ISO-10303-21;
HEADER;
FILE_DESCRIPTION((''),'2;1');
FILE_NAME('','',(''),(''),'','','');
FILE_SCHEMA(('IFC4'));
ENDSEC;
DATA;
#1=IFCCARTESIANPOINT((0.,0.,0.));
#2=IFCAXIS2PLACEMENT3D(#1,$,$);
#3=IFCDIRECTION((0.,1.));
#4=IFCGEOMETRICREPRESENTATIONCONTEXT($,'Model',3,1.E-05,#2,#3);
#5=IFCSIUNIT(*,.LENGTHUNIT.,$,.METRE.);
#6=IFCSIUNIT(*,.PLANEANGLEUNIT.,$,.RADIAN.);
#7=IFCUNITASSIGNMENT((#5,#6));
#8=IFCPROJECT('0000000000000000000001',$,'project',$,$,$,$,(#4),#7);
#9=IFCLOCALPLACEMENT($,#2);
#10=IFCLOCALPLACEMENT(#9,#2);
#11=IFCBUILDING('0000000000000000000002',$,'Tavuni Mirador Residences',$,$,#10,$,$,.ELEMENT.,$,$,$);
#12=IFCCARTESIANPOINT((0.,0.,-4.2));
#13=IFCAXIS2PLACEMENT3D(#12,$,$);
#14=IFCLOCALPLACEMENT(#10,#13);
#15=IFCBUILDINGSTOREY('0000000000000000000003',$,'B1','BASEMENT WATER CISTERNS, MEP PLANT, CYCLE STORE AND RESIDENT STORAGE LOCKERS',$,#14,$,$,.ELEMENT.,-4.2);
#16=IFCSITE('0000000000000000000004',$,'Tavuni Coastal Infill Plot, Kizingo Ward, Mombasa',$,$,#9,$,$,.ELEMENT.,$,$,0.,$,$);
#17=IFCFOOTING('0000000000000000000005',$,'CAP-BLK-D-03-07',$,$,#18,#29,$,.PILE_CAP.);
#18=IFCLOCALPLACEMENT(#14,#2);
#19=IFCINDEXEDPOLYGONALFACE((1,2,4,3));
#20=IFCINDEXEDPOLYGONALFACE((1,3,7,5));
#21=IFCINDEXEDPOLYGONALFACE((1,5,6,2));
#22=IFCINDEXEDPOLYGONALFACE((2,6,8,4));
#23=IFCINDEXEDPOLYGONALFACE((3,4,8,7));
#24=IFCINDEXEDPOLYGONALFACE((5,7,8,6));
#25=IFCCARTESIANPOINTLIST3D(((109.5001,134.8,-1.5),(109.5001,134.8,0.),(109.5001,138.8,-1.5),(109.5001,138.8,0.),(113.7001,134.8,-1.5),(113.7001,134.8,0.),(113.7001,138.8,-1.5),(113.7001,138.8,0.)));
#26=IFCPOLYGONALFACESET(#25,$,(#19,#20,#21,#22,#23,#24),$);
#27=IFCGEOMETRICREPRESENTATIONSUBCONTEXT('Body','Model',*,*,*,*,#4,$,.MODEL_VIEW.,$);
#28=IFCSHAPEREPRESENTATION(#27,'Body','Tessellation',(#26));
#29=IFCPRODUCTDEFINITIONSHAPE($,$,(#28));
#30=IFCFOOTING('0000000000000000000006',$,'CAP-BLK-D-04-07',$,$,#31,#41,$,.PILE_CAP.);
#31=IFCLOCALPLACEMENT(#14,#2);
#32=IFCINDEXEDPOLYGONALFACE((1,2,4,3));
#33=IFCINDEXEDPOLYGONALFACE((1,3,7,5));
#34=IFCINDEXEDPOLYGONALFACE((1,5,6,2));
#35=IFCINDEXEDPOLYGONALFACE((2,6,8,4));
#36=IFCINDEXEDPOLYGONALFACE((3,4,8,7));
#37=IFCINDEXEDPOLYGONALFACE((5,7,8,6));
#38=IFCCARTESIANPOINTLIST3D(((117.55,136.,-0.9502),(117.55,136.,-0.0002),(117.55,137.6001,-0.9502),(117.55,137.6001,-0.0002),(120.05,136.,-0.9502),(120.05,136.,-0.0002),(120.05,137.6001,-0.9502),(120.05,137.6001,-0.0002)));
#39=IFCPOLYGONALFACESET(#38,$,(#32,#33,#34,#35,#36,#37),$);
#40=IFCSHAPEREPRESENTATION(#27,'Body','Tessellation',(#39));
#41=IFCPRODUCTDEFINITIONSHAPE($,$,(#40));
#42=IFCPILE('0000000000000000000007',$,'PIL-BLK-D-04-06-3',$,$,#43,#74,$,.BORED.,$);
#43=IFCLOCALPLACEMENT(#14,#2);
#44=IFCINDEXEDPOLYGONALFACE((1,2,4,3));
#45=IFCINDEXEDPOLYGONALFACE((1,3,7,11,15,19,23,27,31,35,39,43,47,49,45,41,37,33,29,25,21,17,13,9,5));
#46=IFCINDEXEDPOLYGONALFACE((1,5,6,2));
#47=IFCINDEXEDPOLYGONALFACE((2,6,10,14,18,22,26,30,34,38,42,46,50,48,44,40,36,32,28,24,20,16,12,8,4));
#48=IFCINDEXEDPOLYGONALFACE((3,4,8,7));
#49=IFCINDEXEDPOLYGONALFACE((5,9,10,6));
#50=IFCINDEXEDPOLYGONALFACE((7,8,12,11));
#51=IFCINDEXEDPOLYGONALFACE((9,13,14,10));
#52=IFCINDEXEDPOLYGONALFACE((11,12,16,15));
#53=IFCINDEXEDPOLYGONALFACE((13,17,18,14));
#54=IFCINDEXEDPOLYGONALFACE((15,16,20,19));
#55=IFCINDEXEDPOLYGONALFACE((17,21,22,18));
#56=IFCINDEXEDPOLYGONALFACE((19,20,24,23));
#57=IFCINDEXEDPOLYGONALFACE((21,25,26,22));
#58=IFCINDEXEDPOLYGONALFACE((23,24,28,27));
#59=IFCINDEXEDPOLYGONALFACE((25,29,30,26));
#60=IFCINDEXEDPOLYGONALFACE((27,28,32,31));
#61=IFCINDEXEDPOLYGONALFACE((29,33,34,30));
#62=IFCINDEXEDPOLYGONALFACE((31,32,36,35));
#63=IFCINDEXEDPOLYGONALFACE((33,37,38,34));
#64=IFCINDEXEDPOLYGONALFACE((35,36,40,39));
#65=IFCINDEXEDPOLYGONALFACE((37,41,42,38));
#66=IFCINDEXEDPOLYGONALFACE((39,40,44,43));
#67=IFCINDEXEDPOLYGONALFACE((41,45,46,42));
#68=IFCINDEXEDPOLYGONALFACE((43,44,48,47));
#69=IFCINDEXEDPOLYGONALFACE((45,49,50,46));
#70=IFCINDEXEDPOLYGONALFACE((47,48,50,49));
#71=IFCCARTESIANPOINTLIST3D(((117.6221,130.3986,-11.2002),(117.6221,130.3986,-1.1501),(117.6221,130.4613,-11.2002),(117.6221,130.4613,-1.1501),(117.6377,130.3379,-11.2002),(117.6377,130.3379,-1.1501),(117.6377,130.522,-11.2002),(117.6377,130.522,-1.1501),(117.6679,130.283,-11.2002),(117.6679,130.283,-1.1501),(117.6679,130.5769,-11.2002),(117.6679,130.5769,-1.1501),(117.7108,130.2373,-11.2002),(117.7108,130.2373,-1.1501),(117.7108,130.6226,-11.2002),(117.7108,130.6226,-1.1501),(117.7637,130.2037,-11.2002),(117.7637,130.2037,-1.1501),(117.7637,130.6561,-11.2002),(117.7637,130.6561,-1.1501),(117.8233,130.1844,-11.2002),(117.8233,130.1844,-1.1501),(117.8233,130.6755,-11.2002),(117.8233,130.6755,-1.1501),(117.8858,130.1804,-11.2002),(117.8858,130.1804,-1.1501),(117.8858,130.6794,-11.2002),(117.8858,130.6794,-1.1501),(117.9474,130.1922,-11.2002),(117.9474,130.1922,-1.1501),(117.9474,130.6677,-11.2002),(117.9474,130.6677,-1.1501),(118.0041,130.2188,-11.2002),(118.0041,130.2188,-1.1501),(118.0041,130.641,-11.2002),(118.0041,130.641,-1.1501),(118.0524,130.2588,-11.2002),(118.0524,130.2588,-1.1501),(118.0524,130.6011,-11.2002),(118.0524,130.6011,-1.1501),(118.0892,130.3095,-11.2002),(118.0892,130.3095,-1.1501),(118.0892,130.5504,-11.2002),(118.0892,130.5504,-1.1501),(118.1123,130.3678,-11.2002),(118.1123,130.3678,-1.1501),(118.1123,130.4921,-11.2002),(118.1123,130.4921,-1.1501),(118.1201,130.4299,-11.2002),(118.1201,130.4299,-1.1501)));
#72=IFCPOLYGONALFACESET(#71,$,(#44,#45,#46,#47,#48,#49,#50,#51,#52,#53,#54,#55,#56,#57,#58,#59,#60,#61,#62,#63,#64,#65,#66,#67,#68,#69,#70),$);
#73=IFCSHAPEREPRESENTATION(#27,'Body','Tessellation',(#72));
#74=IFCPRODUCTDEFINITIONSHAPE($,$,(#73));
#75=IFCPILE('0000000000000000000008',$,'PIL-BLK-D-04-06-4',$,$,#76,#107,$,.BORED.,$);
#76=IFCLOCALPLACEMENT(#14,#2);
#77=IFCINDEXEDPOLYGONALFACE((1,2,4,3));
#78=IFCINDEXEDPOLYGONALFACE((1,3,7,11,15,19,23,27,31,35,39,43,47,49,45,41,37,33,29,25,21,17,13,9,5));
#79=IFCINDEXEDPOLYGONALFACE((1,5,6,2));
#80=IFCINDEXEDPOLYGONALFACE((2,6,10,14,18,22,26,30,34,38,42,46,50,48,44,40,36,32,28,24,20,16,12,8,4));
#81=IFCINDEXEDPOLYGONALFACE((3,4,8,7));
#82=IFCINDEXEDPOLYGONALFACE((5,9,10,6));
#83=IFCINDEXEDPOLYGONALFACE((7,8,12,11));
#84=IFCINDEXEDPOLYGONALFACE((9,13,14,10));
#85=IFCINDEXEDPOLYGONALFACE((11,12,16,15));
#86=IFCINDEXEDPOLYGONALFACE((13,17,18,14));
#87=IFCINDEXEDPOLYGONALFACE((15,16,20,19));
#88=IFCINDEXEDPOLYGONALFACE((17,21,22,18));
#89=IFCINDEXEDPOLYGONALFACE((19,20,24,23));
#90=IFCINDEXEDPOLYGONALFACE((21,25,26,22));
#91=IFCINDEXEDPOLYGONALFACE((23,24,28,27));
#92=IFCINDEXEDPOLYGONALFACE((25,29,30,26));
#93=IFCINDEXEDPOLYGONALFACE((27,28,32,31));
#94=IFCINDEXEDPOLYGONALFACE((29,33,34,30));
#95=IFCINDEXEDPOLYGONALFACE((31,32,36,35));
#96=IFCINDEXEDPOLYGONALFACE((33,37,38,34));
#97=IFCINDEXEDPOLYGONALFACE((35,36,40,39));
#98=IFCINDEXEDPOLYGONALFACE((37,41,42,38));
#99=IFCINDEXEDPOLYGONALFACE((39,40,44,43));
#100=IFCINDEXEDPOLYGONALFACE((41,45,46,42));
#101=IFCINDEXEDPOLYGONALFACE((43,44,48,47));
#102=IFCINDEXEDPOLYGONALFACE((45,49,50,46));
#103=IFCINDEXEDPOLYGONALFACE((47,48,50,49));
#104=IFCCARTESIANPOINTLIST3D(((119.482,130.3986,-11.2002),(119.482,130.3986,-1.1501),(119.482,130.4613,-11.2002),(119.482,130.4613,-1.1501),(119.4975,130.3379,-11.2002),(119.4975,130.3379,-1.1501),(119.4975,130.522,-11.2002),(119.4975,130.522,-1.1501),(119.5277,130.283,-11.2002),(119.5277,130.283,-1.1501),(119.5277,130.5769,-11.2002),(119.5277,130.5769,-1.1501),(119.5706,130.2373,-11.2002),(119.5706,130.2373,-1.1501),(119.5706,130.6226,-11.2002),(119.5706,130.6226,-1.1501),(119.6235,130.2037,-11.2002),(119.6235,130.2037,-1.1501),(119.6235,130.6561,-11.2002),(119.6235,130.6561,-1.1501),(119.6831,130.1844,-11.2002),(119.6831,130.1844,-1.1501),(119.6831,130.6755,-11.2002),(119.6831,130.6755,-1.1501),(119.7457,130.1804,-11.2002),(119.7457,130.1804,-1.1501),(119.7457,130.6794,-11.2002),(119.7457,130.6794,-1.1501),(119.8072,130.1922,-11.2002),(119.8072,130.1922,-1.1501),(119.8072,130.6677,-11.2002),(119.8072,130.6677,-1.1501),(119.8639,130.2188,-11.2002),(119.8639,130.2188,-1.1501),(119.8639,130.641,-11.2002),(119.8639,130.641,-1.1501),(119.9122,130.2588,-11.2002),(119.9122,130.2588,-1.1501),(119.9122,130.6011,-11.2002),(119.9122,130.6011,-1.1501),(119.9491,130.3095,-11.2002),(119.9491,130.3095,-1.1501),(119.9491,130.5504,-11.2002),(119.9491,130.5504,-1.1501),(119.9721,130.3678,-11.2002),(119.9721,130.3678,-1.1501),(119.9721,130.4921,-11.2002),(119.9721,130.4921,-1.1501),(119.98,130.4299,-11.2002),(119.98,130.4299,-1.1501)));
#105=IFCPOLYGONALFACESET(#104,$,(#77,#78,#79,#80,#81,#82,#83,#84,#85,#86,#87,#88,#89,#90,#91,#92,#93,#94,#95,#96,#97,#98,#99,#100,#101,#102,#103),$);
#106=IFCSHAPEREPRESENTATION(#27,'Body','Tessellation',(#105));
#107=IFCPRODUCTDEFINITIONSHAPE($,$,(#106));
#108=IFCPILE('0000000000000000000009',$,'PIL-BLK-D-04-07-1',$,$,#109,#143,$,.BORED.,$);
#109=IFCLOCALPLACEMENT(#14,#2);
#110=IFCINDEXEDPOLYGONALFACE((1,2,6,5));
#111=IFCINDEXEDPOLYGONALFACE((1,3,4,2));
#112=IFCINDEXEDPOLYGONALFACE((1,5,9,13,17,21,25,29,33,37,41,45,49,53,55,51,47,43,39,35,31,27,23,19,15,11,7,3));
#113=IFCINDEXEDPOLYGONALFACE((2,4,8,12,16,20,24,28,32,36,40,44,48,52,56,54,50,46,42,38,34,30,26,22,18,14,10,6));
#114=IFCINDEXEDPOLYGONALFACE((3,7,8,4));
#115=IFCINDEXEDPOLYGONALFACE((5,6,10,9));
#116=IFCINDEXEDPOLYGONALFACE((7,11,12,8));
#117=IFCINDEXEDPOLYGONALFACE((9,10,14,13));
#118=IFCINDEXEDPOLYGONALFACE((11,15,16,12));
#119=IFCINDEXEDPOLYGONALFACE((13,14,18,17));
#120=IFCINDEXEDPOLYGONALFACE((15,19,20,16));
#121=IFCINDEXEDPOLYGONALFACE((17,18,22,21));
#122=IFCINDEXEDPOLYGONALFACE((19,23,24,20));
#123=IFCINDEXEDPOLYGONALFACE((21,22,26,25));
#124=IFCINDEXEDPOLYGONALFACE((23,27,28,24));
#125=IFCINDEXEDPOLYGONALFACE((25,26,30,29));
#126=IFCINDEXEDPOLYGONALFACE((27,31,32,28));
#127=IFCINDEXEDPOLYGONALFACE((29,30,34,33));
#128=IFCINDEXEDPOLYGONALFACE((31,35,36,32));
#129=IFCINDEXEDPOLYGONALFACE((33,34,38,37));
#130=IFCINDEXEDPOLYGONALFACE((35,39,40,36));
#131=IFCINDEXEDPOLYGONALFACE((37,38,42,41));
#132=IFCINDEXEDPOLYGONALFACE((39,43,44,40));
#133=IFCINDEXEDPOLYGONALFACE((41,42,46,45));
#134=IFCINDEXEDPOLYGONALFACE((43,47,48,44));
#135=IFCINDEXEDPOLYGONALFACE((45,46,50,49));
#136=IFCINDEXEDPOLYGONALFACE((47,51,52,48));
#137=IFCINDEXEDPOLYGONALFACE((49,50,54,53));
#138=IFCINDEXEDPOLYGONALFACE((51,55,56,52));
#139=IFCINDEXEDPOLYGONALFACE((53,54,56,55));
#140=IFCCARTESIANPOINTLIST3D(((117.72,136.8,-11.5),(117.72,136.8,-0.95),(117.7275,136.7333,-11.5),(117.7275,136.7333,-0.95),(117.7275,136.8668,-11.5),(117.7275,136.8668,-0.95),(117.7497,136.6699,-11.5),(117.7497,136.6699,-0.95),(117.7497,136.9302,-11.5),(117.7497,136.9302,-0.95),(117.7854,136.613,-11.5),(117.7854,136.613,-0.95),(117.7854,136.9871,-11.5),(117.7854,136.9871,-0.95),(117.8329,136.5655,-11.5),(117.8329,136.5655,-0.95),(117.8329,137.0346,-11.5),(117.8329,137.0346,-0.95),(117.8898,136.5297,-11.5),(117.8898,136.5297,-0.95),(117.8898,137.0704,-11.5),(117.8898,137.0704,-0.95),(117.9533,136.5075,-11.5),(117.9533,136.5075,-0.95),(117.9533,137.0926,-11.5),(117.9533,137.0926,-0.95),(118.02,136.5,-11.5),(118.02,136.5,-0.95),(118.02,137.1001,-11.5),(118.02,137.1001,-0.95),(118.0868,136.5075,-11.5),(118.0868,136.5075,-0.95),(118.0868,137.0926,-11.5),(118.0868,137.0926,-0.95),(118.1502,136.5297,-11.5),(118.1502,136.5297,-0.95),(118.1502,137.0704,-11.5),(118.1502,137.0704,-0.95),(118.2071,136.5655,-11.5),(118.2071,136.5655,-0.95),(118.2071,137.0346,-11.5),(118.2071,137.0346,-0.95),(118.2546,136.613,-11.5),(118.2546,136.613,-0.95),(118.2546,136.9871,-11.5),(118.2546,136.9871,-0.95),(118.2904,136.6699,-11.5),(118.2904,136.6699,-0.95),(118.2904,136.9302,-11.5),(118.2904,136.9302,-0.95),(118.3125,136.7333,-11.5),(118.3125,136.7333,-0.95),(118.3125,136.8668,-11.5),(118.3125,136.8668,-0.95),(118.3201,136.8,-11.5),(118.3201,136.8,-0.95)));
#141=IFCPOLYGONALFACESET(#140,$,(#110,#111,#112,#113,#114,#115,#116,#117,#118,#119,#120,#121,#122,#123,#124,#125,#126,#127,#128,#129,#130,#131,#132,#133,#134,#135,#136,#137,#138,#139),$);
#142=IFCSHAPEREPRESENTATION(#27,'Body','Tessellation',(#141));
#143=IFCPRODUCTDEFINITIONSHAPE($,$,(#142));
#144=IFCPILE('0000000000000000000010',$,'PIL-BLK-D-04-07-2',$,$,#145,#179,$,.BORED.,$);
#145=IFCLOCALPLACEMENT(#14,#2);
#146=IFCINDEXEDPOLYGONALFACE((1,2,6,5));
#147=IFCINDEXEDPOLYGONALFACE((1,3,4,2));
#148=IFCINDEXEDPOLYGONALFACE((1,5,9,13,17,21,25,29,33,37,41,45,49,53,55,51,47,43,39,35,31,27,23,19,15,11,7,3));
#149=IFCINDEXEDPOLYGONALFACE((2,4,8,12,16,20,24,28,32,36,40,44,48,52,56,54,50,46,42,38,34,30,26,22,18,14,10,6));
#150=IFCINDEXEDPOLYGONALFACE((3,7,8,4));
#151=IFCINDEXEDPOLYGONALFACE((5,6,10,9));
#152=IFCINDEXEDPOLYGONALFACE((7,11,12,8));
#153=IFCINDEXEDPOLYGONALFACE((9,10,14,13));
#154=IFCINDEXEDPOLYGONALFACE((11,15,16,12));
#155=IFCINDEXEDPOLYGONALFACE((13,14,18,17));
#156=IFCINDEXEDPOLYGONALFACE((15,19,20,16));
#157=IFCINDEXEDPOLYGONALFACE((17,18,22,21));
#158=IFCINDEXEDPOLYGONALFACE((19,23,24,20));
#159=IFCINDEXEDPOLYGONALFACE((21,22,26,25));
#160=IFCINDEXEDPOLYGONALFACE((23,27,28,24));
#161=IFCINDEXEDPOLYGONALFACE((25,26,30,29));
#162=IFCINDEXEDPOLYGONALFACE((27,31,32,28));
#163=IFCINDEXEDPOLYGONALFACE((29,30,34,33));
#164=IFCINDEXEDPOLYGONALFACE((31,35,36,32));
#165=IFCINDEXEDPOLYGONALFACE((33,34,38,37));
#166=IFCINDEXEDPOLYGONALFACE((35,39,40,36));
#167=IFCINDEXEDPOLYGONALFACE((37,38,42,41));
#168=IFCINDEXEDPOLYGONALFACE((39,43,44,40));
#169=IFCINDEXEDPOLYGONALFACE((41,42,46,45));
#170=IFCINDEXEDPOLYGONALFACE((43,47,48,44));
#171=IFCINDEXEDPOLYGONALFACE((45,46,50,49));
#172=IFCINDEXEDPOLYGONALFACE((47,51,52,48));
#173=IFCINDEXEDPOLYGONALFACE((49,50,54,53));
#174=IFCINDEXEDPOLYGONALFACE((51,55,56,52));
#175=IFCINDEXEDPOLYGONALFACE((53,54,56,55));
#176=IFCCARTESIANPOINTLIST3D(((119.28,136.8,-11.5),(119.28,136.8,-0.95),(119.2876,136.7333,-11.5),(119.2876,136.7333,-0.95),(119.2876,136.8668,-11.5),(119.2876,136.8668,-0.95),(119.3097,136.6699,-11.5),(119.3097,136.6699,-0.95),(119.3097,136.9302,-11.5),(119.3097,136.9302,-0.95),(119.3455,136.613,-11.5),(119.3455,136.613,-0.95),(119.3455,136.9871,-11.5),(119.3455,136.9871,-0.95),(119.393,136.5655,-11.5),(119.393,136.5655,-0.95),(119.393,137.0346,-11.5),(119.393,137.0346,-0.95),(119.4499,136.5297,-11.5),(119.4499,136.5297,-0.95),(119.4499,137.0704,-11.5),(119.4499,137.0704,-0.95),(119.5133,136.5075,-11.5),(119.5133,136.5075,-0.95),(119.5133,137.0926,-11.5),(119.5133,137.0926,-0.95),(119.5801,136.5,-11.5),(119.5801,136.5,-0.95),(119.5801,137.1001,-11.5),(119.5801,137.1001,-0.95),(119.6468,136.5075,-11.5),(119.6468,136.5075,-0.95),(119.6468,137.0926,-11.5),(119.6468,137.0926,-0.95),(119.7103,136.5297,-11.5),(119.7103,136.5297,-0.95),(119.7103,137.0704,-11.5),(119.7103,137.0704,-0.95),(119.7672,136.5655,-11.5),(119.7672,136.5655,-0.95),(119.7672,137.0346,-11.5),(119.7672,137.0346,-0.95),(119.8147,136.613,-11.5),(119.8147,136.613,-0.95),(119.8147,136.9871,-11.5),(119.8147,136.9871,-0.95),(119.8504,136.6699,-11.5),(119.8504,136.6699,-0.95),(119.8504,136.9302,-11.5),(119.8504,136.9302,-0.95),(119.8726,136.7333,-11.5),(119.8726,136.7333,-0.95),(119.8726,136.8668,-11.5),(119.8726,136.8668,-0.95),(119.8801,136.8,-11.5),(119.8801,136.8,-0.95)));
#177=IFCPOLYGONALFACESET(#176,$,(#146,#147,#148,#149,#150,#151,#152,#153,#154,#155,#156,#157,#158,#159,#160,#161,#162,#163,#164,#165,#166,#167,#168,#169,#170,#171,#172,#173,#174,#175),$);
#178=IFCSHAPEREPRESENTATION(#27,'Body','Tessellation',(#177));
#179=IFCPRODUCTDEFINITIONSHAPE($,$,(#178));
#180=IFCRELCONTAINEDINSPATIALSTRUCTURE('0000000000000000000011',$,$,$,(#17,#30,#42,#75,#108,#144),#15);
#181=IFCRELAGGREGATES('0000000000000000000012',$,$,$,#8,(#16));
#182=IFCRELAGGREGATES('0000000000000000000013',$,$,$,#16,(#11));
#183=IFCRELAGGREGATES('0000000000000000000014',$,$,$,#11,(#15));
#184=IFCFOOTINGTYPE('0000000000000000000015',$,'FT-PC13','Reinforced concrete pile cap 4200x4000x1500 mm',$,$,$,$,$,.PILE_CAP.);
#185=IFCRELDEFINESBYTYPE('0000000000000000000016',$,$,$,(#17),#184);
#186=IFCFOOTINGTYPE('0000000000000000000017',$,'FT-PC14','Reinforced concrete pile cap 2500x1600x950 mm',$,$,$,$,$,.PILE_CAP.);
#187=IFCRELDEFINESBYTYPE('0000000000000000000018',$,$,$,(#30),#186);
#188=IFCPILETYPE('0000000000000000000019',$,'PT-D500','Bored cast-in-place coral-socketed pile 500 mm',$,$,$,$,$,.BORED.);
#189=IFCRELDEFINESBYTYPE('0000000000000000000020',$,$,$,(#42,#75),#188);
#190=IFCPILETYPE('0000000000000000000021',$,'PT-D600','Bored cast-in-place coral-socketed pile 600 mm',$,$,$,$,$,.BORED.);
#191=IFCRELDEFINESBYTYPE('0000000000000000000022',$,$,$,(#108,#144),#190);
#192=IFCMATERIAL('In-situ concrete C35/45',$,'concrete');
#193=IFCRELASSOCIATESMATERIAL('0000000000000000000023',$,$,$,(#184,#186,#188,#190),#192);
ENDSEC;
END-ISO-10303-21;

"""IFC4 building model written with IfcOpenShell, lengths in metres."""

from ifc_helpers import new_model, si_unit, direction, frame, origin, origin_2d, place, context, subcontext, project, spatial, rectangle, circle, extrude, material, material_profile, profile_set, type_object, element, save


model = new_model("IFC4")

# Units and contexts
model_context = context("Model", 3, precision=1e-05, world=origin(), true_north=direction((0.0, 1.0)))
body_context = subcontext(model_context, "Body", "Model", "MODEL_VIEW")
ifc_project = project(units=[si_unit("LENGTHUNIT", "METRE"), si_unit("PLANEANGLEUNIT", "RADIAN")], contexts=[model_context])

# Site, building, storey
site_placement = place(None, origin())
site = spatial("IfcSite", under=ifc_project, at=site_placement, Name="Tavuni Coastal Infill Plot, Kizingo Ward, Mombasa", CompositionType="ELEMENT", RefElevation=0.0)
building_placement = place(site_placement, origin())
building = spatial("IfcBuilding", under=site, at=building_placement, Name="Tavuni Mirador Residences", CompositionType="ELEMENT")
storey_placement = place(building_placement, frame((0.0, 0.0, -4.2)))
storey = spatial("IfcBuildingStorey", under=building, at=storey_placement, Name="B1", Description="BASEMENT WATER CISTERNS, MEP PLANT, CYCLE STORE AND RESIDENT STORAGE LOCKERS", CompositionType="ELEMENT", Elevation=-4.2)

# Footings
ifc_material_1 = material(Name="In-situ concrete C35/45", Category="concrete")
footing_type_1 = type_object("IfcFootingType", Name="FT-PC13", Description="Reinforced concrete pile cap 4200x4000x1500 mm", PredefinedType="PILE_CAP", material=ifc_material_1)
footing_1_placement = place(storey_placement, frame((111.6001, 136.8, -1.5), z_axis=(0.0, 0.0, 1.0), x_axis=(1.0, 0.0, 0.0)))
element("IfcFooting", 1, at=footing_1_placement, inside=storey, type_object=footing_type_1, Name="CAP-BLK-D-03-07", PredefinedType="PILE_CAP", context=body_context, shape_type="SweptSolid", body=[
    extrude(rectangle(XDim=4.2, YDim=4.0, at=origin_2d()), origin(), (0.0, 0.0, 1.0), 1.5),
])
footing_type_2 = type_object("IfcFootingType", Name="FT-PC14", Description="Reinforced concrete pile cap 2500x1600x950 mm", PredefinedType="PILE_CAP", material=ifc_material_1)
footing_2_placement = place(storey_placement, frame((118.8, 136.8, -0.9502), z_axis=(0.0, 0.0, 1.0), x_axis=(1.0, 0.0, 0.0)))
element("IfcFooting", 2, at=footing_2_placement, inside=storey, type_object=footing_type_2, Name="CAP-BLK-D-04-07", PredefinedType="PILE_CAP", context=body_context, shape_type="SweptSolid", body=[
    extrude(rectangle(XDim=2.5, YDim=1.6001, at=origin_2d()), origin(), (0.0, 0.0, 1.0), 0.95),
])

# Piles
ifc_material_profile_1 = material_profile(ifc_material_1, circle(Radius=0.25, at=origin_2d()), Name="PILE D500", Category="concrete")
ifc_profile_set_1 = profile_set([ifc_material_profile_1], Name="In-situ concrete C35/45")
pile_type_1 = type_object("IfcPileType", Name="PT-D500", Description="Bored cast-in-place coral-socketed pile 500 mm", PredefinedType="BORED", material=ifc_profile_set_1)
for number, where, z_axis, x_axis, name in (
    (3, (117.8701, 130.4299, -1.1501), (0.0, 0.0, -1.0), (1.0, 0.0, 0.0), "PIL-BLK-D-04-06-3"),
    (4, (119.73, 130.4299, -1.1501), (0.0, 0.0, -1.0), (1.0, 0.0, 0.0), "PIL-BLK-D-04-06-4"),
):
    element("IfcPile", number, at=place(storey_placement, frame(where, z_axis=z_axis, x_axis=x_axis)), inside=storey, type_object=pile_type_1, Name=name, PredefinedType="BORED", context=body_context, shape_type="SweptSolid", body=[
        extrude(circle(Radius=0.25, at=origin_2d()), origin(), (0.0, 0.0, 1.0), 10.05),
    ])
ifc_material_profile_2 = material_profile(ifc_material_1, circle(Radius=0.3, at=origin_2d()), Name="PILE D600", Category="concrete")
ifc_profile_set_2 = profile_set([ifc_material_profile_2], Name="In-situ concrete C35/45")
pile_type_2 = type_object("IfcPileType", Name="PT-D600", Description="Bored cast-in-place coral-socketed pile 600 mm", PredefinedType="BORED", material=ifc_profile_set_2)
for number, where, z_axis, x_axis, name in (
    (5, (118.02, 136.8, -0.95), (0.0, 0.0, -1.0), (1.0, 0.0, 0.0), "PIL-BLK-D-04-07-1"),
    (6, (119.5801, 136.8, -0.95), (0.0, 0.0, -1.0), (1.0, 0.0, 0.0), "PIL-BLK-D-04-07-2"),
):
    element("IfcPile", number, at=place(storey_placement, frame(where, z_axis=z_axis, x_axis=x_axis)), inside=storey, type_object=pile_type_2, Name=name, PredefinedType="BORED", context=body_context, shape_type="SweptSolid", body=[
        extrude(circle(Radius=0.3, at=origin_2d()), origin(), (0.0, 0.0, 1.0), 10.55),
    ])

save(model, "model.ifc")
